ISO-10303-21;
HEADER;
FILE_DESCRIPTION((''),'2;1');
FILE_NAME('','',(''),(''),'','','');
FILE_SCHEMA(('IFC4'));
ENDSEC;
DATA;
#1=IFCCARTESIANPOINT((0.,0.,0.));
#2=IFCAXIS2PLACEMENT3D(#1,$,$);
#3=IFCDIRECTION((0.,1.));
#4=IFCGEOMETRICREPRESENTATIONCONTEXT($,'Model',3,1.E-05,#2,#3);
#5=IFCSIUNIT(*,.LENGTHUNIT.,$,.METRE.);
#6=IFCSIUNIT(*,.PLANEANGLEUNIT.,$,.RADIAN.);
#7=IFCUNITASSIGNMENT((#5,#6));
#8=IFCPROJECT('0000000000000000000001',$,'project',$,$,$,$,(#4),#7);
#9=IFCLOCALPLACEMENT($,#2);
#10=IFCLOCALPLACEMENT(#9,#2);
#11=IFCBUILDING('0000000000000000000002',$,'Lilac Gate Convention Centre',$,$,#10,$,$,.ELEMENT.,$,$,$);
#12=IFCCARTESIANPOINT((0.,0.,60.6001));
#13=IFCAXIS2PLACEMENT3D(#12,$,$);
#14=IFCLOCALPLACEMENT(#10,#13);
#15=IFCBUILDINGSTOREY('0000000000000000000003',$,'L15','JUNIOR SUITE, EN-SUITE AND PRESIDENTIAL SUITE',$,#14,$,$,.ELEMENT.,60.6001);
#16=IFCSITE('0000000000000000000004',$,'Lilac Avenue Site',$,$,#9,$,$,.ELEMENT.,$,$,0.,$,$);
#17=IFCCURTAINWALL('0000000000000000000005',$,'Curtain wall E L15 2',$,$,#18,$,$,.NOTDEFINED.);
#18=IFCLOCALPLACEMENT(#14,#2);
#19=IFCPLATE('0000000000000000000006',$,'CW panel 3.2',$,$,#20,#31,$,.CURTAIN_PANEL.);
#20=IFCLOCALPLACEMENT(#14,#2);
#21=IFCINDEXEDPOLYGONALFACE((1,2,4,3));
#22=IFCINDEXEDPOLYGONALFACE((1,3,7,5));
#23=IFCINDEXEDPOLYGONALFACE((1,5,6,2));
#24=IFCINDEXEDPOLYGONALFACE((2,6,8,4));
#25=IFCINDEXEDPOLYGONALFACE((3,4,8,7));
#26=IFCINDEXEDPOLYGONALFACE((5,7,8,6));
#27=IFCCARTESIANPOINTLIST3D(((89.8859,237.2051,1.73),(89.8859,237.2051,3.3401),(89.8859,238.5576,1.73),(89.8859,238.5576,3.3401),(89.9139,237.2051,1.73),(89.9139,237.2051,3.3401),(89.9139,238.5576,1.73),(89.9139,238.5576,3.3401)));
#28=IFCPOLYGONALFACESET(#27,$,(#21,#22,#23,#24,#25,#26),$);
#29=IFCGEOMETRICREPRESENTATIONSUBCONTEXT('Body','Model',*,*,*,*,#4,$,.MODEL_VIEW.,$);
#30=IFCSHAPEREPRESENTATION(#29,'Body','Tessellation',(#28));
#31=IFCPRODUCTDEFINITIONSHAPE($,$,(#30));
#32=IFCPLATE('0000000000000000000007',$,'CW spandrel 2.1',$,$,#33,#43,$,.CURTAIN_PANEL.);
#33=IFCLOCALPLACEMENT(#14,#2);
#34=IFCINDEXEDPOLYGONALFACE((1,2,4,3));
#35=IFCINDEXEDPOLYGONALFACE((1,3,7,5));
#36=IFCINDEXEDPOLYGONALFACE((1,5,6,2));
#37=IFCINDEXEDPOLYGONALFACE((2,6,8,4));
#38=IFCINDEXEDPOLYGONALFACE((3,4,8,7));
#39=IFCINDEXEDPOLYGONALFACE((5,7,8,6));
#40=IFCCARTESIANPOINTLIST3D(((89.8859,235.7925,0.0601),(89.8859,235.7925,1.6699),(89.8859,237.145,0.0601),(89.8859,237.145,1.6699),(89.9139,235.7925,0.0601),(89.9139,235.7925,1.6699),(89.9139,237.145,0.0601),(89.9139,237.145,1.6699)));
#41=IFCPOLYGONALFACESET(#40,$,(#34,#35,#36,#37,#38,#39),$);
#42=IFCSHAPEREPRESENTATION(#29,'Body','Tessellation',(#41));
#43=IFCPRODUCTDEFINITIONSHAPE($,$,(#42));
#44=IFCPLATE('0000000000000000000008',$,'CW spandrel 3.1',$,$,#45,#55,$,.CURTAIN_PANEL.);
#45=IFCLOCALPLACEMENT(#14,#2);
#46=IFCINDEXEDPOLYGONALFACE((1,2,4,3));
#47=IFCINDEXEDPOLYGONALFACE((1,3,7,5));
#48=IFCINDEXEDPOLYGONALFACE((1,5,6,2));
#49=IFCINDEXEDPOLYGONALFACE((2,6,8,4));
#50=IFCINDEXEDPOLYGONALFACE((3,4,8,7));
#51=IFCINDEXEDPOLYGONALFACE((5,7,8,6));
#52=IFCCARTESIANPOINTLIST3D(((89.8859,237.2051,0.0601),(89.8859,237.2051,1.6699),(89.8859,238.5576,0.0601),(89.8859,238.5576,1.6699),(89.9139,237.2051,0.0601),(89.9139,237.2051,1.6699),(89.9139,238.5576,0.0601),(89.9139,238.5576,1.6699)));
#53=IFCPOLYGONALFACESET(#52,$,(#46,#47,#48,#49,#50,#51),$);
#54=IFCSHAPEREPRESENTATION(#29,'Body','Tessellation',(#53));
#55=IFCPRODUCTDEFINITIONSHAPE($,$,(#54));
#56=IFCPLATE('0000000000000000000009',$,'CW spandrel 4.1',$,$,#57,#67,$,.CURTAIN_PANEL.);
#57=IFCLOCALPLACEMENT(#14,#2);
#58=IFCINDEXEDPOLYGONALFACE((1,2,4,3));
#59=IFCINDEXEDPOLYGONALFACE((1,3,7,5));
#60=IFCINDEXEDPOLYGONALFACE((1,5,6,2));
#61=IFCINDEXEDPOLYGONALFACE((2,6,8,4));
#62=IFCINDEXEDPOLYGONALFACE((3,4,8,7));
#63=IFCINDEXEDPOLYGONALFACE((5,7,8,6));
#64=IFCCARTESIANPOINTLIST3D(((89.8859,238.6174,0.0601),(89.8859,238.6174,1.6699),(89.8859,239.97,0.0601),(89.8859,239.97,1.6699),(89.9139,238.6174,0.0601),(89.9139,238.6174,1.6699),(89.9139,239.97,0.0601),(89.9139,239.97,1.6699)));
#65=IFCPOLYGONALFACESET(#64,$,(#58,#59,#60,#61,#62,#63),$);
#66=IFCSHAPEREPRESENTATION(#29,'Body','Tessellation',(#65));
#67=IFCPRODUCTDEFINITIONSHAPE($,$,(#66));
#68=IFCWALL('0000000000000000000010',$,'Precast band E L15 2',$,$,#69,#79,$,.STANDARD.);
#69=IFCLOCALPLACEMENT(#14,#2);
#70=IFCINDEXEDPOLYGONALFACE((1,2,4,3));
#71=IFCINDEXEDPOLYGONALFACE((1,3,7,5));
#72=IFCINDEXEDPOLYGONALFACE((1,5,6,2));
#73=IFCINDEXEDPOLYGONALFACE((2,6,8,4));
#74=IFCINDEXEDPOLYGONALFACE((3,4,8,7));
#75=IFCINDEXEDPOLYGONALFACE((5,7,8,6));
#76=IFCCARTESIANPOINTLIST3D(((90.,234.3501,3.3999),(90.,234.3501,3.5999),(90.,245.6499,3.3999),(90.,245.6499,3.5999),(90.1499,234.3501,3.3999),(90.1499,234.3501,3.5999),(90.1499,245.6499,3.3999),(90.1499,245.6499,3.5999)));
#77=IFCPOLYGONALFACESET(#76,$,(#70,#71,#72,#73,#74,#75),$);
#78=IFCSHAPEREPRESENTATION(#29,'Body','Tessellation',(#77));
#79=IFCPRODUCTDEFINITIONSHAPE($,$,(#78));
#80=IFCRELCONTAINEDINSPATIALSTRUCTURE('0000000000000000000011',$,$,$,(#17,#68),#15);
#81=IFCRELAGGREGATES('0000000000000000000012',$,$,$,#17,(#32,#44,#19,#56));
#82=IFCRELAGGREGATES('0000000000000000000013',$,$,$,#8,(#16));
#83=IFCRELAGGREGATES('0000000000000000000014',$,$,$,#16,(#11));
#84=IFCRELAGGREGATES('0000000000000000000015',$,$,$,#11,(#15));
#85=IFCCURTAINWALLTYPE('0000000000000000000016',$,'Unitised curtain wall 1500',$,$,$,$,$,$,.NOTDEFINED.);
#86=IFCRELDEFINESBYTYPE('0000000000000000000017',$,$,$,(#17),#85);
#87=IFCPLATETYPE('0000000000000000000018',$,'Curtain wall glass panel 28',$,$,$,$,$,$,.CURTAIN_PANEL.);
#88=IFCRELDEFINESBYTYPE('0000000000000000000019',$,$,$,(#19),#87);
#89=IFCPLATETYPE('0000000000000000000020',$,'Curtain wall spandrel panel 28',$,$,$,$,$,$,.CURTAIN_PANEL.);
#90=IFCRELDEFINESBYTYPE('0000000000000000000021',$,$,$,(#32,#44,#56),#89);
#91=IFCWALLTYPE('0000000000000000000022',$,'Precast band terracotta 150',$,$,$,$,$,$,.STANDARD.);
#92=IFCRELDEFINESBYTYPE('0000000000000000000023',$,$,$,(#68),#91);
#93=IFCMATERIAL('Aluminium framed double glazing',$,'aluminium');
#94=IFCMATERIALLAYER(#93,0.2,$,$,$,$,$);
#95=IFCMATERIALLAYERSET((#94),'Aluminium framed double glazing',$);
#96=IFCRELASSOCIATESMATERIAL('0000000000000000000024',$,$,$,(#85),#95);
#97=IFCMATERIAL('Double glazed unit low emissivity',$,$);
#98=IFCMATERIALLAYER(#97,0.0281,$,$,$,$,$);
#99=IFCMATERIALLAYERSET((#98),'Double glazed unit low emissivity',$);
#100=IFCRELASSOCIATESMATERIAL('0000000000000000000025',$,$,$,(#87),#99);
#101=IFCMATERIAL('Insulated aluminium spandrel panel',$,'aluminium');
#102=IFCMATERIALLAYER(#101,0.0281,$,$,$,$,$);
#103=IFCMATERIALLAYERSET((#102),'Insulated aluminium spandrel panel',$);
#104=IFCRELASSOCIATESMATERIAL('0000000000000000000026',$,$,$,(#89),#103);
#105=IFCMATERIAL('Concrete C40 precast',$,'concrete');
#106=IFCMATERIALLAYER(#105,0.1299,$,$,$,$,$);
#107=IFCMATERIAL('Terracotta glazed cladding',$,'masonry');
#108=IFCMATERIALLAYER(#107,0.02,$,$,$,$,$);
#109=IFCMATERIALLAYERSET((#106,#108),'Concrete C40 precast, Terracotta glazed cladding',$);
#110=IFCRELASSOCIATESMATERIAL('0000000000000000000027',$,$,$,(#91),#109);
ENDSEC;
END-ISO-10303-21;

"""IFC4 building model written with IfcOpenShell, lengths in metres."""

from ifc_helpers import new_model, si_unit, direction, frame, frame_2d, origin, origin_2d, place, context, subcontext, project, spatial, rectangle, extrude, material, layer, layer_set, type_object, element, aggregate, save


model = new_model("IFC4")

# Units and contexts
model_context = context("Model", 3, precision=1e-05, world=origin(), true_north=direction((0.0, 1.0)))
body_context = subcontext(model_context, "Body", "Model", "MODEL_VIEW")
ifc_project = project(units=[si_unit("LENGTHUNIT", "METRE"), si_unit("PLANEANGLEUNIT", "RADIAN")], contexts=[model_context])

# Site, building, storey
site_placement = place(None, origin())
site = spatial("IfcSite", under=ifc_project, at=site_placement, Name="Lilac Avenue Site", CompositionType="ELEMENT", RefElevation=0.0)
building_placement = place(site_placement, origin())
building = spatial("IfcBuilding", under=site, at=building_placement, Name="Lilac Gate Convention Centre", CompositionType="ELEMENT")
storey_placement = place(building_placement, frame((0.0, 0.0, 60.6001)))
storey = spatial("IfcBuildingStorey", under=building, at=storey_placement, Name="L15", Description="JUNIOR SUITE, EN-SUITE AND PRESIDENTIAL SUITE", CompositionType="ELEMENT", Elevation=60.6001)

# Curtain wall
ifc_material_1 = material(Name="Aluminium framed double glazing", Category="aluminium")
ifc_layer_1 = layer(ifc_material_1, 0.2)
ifc_layer_set_1 = layer_set([ifc_layer_1], Name="Aluminium framed double glazing")
curtain_wall_type = type_object("IfcCurtainWallType", Name="Unitised curtain wall 1500", PredefinedType="NOTDEFINED", material=ifc_layer_set_1)
curtain_wall_placement = place(storey_placement, origin())
curtain_wall = element("IfcCurtainWall", 1, at=curtain_wall_placement, inside=storey, type_object=curtain_wall_type, Name="Curtain wall E L15 2", PredefinedType="NOTDEFINED")

# Plates
ifc_material_2 = material(Name="Double glazed unit low emissivity")
ifc_layer_2 = layer(ifc_material_2, 0.0281)
ifc_layer_set_2 = layer_set([ifc_layer_2], Name="Double glazed unit low emissivity")
plate_type_1 = type_object("IfcPlateType", Name="Curtain wall glass panel 28", PredefinedType="CURTAIN_PANEL", material=ifc_layer_set_2)
plate_1_placement = place(storey_placement, frame((89.8999, 237.8813, 1.73), z_axis=(0.0, 0.0, 1.0), x_axis=(0.0, 1.0, 0.0)))
plate_1 = element("IfcPlate", 2, at=plate_1_placement, type_object=plate_type_1, Name="CW panel 3.2", PredefinedType="CURTAIN_PANEL", context=body_context, shape_type="SweptSolid", body=[
    extrude(rectangle(XDim=1.3525, YDim=0.0281, at=origin_2d()), origin(), (0.0, 0.0, 1.0), 1.6101),
])
ifc_material_3 = material(Name="Insulated aluminium spandrel panel", Category="aluminium")
ifc_layer_3 = layer(ifc_material_3, 0.0281)
ifc_layer_set_3 = layer_set([ifc_layer_3], Name="Insulated aluminium spandrel panel")
plate_type_2 = type_object("IfcPlateType", Name="Curtain wall spandrel panel 28", PredefinedType="CURTAIN_PANEL", material=ifc_layer_set_3)
plate_2_placement = place(storey_placement, frame((89.8999, 236.4688, 0.0601), z_axis=(0.0, 0.0, 1.0), x_axis=(0.0, 1.0, 0.0)))
plate_2 = element("IfcPlate", 3, at=plate_2_placement, type_object=plate_type_2, Name="CW spandrel 2.1", PredefinedType="CURTAIN_PANEL", context=body_context, shape_type="SweptSolid", body=[
    extrude(rectangle(XDim=1.3525, YDim=0.0281, at=origin_2d()), origin(), (0.0, 0.0, 1.0), 1.6099),
])
plate_3_placement = place(storey_placement, frame((89.8999, 237.8813, 0.0601), z_axis=(0.0, 0.0, 1.0), x_axis=(0.0, 1.0, 0.0)))
plate_3 = element("IfcPlate", 4, at=plate_3_placement, type_object=plate_type_2, Name="CW spandrel 3.1", PredefinedType="CURTAIN_PANEL", context=body_context, shape_type="SweptSolid", body=[
    extrude(rectangle(XDim=1.3525, YDim=0.0281, at=origin_2d()), origin(), (0.0, 0.0, 1.0), 1.6099),
])
plate_4_placement = place(storey_placement, frame((89.8999, 239.2937, 0.0601), z_axis=(0.0, 0.0, 1.0), x_axis=(0.0, 1.0, 0.0)))
plate_4 = element("IfcPlate", 5, at=plate_4_placement, type_object=plate_type_2, Name="CW spandrel 4.1", PredefinedType="CURTAIN_PANEL", context=body_context, shape_type="SweptSolid", body=[
    extrude(rectangle(XDim=1.3525, YDim=0.0281, at=origin_2d()), origin(), (0.0, 0.0, 1.0), 1.6099),
])
aggregate(curtain_wall, [plate_2, plate_3, plate_1, plate_4])

# Wall
ifc_material_4 = material(Name="Concrete C40 precast", Category="concrete")
ifc_layer_4 = layer(ifc_material_4, 0.1299)
ifc_material_5 = material(Name="Terracotta glazed cladding", Category="masonry")
ifc_layer_5 = layer(ifc_material_5, 0.02)
ifc_layer_set_4 = layer_set([ifc_layer_4, ifc_layer_5], Name="Concrete C40 precast, Terracotta glazed cladding")
wall_type = type_object("IfcWallType", Name="Precast band terracotta 150", PredefinedType="STANDARD", material=ifc_layer_set_4)
wall_placement = place(storey_placement, frame((90.075, 234.3501, 3.3999), z_axis=(0.0, 0.0, 1.0), x_axis=(0.0, 1.0, 0.0)))
element("IfcWall", 6, at=wall_placement, inside=storey, type_object=wall_type, Name="Precast band E L15 2", PredefinedType="STANDARD", context=body_context, shape_type="SweptSolid", body=[
    extrude(rectangle(XDim=11.2998, YDim=0.1499, at=frame_2d((5.6499, 0.0))), origin(), (0.0, 0.0, 1.0), 0.2),
])

save(model, "model.ifc")
